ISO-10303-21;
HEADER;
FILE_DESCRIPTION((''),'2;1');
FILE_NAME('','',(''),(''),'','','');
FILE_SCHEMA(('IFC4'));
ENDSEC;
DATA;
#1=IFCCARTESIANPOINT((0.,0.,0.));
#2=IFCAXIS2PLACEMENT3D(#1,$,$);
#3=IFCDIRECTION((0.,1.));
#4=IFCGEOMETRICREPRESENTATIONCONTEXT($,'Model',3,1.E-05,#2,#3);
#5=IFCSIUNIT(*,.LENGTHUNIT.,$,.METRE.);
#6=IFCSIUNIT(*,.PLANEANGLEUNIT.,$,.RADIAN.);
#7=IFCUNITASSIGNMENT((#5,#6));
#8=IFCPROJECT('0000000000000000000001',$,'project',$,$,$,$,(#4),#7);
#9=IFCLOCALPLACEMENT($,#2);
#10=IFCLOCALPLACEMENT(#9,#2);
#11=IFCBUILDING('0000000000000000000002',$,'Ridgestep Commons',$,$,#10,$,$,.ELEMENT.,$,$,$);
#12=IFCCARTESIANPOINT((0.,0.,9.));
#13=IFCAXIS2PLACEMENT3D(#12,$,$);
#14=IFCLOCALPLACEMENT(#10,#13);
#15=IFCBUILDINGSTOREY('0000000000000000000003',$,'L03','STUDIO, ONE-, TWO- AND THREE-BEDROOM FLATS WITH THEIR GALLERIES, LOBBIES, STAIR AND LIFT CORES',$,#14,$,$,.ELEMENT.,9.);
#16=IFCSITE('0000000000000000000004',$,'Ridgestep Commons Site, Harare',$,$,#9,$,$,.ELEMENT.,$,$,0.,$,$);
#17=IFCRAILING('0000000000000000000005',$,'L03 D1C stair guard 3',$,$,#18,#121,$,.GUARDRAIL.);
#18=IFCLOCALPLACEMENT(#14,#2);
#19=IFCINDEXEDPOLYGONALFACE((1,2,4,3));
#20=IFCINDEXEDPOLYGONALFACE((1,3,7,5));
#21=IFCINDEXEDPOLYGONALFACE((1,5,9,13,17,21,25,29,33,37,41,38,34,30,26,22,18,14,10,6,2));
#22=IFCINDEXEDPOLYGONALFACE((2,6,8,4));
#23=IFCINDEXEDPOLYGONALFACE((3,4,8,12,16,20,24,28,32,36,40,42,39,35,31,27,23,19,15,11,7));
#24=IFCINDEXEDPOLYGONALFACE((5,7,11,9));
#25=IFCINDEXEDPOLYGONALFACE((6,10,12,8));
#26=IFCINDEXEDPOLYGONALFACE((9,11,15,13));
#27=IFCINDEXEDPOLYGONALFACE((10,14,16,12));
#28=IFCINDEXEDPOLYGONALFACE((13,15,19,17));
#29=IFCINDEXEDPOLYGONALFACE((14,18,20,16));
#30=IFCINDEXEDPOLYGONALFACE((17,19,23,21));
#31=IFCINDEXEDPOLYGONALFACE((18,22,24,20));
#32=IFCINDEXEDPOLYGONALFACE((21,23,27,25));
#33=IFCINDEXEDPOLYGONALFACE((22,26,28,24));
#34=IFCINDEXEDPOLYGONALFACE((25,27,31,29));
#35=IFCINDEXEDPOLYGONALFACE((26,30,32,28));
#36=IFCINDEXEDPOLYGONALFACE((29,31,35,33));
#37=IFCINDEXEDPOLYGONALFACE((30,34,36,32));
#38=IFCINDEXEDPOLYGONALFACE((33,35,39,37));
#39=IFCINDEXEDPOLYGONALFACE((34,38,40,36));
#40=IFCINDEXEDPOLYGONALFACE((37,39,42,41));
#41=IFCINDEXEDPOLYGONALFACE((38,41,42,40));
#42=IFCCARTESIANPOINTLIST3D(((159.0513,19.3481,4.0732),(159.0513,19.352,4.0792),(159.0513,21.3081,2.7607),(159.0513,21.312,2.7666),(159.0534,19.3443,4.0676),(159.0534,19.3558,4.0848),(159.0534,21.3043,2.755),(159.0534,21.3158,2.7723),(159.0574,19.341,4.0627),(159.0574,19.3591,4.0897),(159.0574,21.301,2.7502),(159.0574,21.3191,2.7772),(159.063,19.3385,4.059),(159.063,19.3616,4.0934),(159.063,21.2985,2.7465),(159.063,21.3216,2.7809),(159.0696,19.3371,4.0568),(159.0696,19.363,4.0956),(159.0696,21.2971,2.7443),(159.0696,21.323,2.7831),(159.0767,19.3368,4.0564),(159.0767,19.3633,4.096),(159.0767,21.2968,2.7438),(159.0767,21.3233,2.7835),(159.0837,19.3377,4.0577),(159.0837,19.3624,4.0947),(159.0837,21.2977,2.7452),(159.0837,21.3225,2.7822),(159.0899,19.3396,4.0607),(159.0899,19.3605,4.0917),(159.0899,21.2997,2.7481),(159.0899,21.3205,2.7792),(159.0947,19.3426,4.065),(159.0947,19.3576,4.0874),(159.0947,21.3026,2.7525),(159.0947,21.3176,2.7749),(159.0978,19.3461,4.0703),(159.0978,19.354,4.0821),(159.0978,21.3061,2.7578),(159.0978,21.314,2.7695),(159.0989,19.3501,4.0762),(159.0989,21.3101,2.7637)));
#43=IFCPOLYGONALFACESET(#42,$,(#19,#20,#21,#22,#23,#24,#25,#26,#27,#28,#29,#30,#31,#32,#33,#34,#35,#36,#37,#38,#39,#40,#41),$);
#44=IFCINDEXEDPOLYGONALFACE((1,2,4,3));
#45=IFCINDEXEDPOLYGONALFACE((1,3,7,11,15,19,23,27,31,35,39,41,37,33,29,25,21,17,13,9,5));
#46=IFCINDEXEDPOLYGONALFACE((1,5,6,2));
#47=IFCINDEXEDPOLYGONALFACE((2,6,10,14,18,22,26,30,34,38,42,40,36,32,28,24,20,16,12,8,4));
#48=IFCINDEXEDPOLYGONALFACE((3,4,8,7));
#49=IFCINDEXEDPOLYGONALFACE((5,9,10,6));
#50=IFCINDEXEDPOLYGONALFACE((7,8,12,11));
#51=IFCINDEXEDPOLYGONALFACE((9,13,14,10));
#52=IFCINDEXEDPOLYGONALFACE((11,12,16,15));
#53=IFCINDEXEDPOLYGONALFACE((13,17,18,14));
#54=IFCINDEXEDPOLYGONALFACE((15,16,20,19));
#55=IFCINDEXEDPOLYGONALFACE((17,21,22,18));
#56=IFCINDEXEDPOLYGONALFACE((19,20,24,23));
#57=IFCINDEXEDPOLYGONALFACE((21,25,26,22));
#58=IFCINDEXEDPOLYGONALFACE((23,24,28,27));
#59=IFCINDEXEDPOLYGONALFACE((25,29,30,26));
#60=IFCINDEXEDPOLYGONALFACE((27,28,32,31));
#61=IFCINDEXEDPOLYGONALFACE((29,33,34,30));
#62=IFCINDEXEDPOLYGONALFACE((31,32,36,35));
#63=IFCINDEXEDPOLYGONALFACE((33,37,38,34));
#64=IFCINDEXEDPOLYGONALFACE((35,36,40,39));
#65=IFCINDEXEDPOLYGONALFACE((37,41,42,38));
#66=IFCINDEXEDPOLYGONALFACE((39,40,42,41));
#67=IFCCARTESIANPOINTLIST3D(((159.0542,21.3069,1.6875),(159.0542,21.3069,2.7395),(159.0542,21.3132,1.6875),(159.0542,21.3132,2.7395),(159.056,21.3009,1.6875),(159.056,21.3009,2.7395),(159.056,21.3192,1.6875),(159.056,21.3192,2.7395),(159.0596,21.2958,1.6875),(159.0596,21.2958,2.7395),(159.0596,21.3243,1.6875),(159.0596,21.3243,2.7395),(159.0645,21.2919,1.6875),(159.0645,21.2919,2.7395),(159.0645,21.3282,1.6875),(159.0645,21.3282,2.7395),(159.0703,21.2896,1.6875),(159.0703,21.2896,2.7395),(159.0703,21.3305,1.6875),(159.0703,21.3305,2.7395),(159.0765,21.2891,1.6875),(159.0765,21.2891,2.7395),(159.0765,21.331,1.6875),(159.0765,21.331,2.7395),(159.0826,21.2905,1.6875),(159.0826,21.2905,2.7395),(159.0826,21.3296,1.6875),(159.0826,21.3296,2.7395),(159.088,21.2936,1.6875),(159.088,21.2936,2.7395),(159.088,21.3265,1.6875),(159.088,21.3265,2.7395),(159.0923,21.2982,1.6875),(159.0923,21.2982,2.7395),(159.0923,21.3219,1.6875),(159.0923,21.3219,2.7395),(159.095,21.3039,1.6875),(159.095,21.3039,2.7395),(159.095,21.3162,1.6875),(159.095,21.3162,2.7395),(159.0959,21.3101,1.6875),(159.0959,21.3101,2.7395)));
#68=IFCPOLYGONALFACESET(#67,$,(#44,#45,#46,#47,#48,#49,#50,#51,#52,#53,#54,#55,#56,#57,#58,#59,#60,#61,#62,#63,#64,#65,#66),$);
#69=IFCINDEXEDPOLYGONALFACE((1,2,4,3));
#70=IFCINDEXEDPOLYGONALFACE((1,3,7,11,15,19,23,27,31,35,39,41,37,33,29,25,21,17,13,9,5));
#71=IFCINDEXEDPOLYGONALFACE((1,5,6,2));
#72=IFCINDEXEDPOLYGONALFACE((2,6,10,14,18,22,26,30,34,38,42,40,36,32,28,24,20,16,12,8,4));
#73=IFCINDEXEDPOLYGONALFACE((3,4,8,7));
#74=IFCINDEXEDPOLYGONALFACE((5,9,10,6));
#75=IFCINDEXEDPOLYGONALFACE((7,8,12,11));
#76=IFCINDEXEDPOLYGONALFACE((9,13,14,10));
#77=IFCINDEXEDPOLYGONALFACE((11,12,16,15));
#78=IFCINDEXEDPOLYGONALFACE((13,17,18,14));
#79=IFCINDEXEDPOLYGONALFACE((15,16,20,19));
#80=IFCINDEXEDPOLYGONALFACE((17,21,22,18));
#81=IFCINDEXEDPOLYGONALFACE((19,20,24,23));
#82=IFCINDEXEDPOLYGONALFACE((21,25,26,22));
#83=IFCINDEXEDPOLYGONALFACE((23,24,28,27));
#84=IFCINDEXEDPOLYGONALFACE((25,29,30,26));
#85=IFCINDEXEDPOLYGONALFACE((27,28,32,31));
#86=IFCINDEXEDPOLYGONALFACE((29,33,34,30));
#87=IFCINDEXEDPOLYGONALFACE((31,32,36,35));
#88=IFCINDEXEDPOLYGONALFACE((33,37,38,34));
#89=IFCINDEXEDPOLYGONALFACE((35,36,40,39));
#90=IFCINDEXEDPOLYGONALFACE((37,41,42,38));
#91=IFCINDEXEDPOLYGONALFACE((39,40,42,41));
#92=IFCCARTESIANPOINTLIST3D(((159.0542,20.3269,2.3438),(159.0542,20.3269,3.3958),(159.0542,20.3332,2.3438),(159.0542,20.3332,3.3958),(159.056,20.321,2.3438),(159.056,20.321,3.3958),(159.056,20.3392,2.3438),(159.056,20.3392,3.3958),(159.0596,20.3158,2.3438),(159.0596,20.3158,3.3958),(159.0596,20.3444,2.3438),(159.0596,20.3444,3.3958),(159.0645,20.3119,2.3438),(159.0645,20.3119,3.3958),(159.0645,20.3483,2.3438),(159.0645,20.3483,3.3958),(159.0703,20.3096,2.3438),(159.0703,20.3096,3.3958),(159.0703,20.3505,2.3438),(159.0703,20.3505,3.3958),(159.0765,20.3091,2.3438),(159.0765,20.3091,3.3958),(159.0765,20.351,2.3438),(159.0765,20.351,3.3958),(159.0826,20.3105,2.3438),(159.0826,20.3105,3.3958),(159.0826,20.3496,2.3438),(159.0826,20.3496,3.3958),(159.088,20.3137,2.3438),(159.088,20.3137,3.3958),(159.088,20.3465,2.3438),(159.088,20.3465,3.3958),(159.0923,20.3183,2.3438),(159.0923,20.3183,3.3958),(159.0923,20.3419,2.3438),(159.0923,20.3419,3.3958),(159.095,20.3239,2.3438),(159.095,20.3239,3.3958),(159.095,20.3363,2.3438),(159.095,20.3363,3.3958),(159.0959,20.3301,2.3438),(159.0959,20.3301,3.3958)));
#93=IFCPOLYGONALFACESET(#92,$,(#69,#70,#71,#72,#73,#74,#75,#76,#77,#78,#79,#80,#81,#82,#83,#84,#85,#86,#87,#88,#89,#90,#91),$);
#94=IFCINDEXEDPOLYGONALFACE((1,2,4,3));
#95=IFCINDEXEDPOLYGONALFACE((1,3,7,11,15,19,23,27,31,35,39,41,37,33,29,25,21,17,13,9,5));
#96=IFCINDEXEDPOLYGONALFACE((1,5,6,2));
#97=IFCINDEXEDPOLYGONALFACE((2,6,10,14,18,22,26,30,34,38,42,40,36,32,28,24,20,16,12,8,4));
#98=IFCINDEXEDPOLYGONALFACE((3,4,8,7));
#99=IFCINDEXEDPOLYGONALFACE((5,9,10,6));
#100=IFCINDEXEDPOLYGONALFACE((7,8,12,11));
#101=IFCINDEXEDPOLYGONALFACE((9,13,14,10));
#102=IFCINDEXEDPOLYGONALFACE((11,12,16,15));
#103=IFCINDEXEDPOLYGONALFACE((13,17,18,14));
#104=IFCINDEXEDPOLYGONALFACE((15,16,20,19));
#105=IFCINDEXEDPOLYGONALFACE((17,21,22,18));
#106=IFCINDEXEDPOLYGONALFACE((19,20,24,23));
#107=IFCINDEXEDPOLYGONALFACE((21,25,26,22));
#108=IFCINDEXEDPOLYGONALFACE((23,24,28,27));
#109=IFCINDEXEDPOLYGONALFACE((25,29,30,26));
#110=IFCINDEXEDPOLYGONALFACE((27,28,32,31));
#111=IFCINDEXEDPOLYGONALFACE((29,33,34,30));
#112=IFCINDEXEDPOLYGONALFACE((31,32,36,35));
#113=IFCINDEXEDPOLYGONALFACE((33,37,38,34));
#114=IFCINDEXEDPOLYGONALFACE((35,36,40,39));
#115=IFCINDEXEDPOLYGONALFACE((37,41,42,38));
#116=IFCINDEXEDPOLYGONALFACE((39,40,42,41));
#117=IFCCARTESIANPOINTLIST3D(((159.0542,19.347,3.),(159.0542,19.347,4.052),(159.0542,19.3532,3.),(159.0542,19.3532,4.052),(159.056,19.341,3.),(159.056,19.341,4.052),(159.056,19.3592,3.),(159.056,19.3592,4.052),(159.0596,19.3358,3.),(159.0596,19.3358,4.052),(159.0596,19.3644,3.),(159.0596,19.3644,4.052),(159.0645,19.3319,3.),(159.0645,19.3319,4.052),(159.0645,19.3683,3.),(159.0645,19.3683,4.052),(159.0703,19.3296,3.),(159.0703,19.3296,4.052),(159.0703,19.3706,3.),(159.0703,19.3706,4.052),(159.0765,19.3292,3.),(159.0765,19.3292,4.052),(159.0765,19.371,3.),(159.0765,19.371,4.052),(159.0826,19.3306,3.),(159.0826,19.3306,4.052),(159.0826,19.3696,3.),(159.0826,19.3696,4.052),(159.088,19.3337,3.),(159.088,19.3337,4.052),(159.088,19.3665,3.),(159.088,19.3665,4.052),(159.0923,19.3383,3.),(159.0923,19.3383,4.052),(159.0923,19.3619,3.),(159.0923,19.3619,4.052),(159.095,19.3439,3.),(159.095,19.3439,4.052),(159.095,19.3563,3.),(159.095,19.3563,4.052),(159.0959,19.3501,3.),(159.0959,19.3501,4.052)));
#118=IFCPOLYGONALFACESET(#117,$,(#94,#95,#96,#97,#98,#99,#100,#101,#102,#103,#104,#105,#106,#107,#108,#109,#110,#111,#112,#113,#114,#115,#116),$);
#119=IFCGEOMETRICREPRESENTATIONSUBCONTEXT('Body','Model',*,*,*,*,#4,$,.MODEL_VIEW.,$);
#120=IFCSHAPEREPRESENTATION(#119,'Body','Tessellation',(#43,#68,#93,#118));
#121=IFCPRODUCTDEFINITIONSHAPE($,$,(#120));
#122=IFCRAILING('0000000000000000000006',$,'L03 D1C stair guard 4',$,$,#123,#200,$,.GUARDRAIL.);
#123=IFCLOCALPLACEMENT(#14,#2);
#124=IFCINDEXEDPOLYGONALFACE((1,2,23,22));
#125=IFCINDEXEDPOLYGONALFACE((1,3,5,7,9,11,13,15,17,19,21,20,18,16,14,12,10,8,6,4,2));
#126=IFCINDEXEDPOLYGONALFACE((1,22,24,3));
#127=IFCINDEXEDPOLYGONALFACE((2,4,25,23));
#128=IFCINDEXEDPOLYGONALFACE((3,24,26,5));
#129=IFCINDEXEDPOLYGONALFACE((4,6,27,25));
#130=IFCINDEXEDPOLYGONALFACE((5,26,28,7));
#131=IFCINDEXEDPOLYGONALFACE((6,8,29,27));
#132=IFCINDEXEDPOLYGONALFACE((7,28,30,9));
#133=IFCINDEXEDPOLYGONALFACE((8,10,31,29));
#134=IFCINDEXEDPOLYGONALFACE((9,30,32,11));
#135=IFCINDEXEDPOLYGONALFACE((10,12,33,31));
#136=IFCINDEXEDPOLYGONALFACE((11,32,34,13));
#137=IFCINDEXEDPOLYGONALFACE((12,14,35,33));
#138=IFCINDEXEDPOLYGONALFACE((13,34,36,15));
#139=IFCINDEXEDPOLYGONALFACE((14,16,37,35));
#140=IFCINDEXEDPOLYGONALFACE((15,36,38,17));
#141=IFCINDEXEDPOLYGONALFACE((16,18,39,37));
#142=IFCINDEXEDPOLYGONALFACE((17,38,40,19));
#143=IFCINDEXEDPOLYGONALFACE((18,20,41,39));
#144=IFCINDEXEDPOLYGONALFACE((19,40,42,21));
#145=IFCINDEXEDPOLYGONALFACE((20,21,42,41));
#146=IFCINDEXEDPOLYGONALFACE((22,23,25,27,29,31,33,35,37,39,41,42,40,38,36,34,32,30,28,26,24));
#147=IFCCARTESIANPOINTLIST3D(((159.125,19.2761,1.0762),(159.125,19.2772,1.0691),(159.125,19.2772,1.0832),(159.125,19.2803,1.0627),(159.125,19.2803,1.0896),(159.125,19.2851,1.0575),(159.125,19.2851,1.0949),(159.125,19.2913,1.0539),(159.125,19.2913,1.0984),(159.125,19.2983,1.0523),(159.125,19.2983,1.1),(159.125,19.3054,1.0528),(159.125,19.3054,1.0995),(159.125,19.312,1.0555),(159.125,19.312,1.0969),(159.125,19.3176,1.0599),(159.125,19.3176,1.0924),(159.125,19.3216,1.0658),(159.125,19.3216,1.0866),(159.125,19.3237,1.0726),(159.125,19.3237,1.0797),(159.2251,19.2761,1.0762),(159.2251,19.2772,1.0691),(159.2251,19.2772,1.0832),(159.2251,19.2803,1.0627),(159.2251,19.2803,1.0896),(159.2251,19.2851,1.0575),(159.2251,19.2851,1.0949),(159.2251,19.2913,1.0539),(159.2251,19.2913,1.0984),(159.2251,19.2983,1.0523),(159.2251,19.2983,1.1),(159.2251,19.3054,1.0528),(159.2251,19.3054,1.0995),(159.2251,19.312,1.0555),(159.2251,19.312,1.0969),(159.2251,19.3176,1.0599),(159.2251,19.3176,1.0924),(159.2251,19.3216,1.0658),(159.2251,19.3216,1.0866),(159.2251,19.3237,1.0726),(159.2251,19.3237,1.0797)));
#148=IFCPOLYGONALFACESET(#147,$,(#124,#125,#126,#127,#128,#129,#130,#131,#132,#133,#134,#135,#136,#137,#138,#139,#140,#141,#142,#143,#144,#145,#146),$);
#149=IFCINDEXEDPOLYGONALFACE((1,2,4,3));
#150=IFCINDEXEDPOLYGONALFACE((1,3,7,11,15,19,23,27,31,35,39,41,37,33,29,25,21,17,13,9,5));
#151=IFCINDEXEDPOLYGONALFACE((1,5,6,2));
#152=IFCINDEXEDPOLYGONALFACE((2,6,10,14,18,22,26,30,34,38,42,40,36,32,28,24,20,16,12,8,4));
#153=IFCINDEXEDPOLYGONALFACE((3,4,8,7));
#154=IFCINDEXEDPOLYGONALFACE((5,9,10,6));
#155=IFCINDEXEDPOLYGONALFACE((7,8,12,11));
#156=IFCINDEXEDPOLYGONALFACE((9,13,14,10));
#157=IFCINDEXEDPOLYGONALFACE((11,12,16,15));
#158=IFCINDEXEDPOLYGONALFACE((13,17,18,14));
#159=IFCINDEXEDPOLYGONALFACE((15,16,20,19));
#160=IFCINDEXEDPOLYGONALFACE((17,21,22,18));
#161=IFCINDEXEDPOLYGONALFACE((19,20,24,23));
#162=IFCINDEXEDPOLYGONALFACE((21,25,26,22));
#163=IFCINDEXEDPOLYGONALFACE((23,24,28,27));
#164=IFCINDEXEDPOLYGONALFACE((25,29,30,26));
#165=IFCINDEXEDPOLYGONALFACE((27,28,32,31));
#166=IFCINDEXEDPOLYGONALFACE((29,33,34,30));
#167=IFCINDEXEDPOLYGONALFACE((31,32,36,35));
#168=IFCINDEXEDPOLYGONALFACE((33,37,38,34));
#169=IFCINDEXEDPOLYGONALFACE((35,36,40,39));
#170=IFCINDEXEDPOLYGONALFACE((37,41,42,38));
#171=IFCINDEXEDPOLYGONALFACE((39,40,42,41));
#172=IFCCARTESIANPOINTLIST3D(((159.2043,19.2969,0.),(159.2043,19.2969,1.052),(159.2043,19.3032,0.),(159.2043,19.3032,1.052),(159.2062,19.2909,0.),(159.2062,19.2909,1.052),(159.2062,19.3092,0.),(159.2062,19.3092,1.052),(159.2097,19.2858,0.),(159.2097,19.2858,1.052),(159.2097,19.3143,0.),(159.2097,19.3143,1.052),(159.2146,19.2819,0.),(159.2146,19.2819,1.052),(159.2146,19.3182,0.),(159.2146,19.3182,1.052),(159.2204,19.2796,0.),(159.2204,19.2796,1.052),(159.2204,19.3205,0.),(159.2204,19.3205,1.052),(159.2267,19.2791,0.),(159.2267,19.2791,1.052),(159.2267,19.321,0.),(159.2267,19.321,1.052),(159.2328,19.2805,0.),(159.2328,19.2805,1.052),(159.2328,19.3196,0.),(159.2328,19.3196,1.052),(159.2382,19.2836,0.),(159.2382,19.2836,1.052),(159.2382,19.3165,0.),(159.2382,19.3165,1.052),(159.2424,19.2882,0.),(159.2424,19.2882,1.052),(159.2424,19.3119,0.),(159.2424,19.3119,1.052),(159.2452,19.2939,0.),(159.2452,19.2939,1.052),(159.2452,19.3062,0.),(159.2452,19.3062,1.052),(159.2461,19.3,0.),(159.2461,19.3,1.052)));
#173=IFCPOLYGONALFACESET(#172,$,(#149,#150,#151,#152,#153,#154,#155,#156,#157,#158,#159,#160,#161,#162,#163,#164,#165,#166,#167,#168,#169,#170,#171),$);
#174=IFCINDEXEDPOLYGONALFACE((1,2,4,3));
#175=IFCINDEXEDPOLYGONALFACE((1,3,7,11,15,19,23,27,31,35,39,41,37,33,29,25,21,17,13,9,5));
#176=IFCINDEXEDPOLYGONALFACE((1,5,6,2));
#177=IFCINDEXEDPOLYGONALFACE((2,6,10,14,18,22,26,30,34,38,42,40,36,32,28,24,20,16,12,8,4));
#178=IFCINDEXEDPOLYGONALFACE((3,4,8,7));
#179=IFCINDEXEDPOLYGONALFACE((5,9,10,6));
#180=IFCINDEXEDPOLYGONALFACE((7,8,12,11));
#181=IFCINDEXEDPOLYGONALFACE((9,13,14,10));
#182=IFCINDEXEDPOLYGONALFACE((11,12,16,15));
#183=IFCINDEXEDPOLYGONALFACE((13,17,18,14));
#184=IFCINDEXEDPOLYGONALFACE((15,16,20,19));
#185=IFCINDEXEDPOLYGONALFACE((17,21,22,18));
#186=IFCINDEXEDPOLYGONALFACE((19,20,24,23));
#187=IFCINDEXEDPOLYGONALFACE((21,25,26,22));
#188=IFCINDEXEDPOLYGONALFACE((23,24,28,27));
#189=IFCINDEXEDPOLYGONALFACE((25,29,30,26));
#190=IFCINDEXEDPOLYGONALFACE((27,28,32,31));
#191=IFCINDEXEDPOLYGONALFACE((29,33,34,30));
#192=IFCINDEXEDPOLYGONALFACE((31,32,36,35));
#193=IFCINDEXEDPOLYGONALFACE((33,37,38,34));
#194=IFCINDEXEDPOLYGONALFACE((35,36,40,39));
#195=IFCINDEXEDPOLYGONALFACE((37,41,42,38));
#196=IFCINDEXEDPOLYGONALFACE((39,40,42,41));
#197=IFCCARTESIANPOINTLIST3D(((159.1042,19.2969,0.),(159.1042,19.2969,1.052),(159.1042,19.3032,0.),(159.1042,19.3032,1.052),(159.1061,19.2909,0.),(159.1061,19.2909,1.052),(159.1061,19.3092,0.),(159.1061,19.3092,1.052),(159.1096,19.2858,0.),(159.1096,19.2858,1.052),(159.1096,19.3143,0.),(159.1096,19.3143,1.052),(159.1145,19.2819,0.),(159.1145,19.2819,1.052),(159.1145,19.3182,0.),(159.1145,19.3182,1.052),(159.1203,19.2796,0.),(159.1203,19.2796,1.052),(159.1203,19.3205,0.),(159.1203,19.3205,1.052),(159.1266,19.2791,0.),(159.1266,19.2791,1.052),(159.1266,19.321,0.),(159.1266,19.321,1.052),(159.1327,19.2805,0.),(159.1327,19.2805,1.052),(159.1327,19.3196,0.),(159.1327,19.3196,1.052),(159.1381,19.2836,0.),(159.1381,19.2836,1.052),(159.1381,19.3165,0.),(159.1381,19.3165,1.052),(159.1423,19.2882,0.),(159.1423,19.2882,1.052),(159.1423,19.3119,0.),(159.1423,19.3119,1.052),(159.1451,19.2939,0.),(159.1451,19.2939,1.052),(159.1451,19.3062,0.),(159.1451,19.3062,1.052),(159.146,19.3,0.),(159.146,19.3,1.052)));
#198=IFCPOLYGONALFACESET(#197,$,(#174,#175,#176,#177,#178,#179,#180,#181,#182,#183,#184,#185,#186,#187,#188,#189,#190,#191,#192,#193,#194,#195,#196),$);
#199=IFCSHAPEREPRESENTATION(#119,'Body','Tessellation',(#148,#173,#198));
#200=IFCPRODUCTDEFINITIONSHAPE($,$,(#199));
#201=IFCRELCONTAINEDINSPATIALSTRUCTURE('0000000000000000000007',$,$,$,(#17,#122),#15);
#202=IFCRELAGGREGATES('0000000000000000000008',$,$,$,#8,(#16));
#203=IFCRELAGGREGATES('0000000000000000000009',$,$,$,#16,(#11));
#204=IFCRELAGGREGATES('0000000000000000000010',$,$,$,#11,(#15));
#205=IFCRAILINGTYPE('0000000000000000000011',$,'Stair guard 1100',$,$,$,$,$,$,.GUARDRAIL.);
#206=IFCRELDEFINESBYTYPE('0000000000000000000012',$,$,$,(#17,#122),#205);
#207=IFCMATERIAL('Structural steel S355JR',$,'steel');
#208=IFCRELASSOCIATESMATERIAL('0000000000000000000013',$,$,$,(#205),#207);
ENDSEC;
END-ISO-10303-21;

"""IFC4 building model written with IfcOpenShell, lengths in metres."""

from ifc_helpers import new_model, si_unit, direction, frame, origin, origin_2d, place, context, subcontext, project, spatial, circle, extrude, material, type_object, element, save


model = new_model("IFC4")

# Units and contexts
model_context = context("Model", 3, precision=1e-05, world=origin(), true_north=direction((0.0, 1.0)))
body_context = subcontext(model_context, "Body", "Model", "MODEL_VIEW")
ifc_project = project(units=[si_unit("LENGTHUNIT", "METRE"), si_unit("PLANEANGLEUNIT", "RADIAN")], contexts=[model_context])

# Site, building, storey
site_placement = place(None, origin())
site = spatial("IfcSite", under=ifc_project, at=site_placement, Name="Ridgestep Commons Site, Harare", CompositionType="ELEMENT", RefElevation=0.0)
building_placement = place(site_placement, origin())
building = spatial("IfcBuilding", under=site, at=building_placement, Name="Ridgestep Commons", CompositionType="ELEMENT")
storey_placement = place(building_placement, frame((0.0, 0.0, 9.0)))
storey = spatial("IfcBuildingStorey", under=building, at=storey_placement, Name="L03", Description="STUDIO, ONE-, TWO- AND THREE-BEDROOM FLATS WITH THEIR GALLERIES, LOBBIES, STAIR AND LIFT CORES", CompositionType="ELEMENT", Elevation=9.0)

# Railings
ifc_material_1 = material(Name="Structural steel S355JR", Category="steel")
railing_type_1 = type_object("IfcRailingType", Name="Stair guard 1100", PredefinedType="GUARDRAIL", material=ifc_material_1)
railing_1_placement = place(storey_placement, frame((159.075, 21.3101, 1.6875)))
element("IfcRailing", 1, at=railing_1_placement, inside=storey, type_object=railing_type_1, Name="L03 D1C stair guard 3", PredefinedType="GUARDRAIL", context=body_context, shape_type="SweptSolid", body=[
    extrude(circle(Radius=0.0239, at=origin_2d()), frame((0.0, 0.0, 1.0762), z_axis=(0.0, -0.830902, 0.556419), x_axis=(1.0, 0.0, 0.0)), (0.0, 0.0, 1.0), 2.3589),
    extrude(circle(Radius=0.021, at=origin_2d()), origin(), (0.0, 0.0, 1.0), 1.052),
    extrude(circle(Radius=0.021, at=origin_2d()), frame((0.0, -0.98, 0.6562)), (0.0, 0.0, 1.0), 1.052),
    extrude(circle(Radius=0.021, at=origin_2d()), frame((0.0, -1.96, 1.3125)), (0.0, 0.0, 1.0), 1.052),
])
railing_2_placement = place(storey_placement, frame((159.2251, 19.3, 0.0)))
element("IfcRailing", 2, at=railing_2_placement, inside=storey, type_object=railing_type_1, Name="L03 D1C stair guard 4", PredefinedType="GUARDRAIL", context=body_context, shape_type="SweptSolid", body=[
    extrude(circle(Radius=0.0239, at=origin_2d()), frame((0.0, 0.0, 1.0762), z_axis=(-1.0, 0.0, 0.0), x_axis=(0.0, -1.0, 0.0)), (0.0, 0.0, 1.0), 0.1001),
    extrude(circle(Radius=0.021, at=origin_2d()), origin(), (0.0, 0.0, 1.0), 1.052),
    extrude(circle(Radius=0.021, at=origin_2d()), frame((-0.1001, 0.0, 0.0)), (0.0, 0.0, 1.0), 1.052),
])

save(model, "model.ifc")
